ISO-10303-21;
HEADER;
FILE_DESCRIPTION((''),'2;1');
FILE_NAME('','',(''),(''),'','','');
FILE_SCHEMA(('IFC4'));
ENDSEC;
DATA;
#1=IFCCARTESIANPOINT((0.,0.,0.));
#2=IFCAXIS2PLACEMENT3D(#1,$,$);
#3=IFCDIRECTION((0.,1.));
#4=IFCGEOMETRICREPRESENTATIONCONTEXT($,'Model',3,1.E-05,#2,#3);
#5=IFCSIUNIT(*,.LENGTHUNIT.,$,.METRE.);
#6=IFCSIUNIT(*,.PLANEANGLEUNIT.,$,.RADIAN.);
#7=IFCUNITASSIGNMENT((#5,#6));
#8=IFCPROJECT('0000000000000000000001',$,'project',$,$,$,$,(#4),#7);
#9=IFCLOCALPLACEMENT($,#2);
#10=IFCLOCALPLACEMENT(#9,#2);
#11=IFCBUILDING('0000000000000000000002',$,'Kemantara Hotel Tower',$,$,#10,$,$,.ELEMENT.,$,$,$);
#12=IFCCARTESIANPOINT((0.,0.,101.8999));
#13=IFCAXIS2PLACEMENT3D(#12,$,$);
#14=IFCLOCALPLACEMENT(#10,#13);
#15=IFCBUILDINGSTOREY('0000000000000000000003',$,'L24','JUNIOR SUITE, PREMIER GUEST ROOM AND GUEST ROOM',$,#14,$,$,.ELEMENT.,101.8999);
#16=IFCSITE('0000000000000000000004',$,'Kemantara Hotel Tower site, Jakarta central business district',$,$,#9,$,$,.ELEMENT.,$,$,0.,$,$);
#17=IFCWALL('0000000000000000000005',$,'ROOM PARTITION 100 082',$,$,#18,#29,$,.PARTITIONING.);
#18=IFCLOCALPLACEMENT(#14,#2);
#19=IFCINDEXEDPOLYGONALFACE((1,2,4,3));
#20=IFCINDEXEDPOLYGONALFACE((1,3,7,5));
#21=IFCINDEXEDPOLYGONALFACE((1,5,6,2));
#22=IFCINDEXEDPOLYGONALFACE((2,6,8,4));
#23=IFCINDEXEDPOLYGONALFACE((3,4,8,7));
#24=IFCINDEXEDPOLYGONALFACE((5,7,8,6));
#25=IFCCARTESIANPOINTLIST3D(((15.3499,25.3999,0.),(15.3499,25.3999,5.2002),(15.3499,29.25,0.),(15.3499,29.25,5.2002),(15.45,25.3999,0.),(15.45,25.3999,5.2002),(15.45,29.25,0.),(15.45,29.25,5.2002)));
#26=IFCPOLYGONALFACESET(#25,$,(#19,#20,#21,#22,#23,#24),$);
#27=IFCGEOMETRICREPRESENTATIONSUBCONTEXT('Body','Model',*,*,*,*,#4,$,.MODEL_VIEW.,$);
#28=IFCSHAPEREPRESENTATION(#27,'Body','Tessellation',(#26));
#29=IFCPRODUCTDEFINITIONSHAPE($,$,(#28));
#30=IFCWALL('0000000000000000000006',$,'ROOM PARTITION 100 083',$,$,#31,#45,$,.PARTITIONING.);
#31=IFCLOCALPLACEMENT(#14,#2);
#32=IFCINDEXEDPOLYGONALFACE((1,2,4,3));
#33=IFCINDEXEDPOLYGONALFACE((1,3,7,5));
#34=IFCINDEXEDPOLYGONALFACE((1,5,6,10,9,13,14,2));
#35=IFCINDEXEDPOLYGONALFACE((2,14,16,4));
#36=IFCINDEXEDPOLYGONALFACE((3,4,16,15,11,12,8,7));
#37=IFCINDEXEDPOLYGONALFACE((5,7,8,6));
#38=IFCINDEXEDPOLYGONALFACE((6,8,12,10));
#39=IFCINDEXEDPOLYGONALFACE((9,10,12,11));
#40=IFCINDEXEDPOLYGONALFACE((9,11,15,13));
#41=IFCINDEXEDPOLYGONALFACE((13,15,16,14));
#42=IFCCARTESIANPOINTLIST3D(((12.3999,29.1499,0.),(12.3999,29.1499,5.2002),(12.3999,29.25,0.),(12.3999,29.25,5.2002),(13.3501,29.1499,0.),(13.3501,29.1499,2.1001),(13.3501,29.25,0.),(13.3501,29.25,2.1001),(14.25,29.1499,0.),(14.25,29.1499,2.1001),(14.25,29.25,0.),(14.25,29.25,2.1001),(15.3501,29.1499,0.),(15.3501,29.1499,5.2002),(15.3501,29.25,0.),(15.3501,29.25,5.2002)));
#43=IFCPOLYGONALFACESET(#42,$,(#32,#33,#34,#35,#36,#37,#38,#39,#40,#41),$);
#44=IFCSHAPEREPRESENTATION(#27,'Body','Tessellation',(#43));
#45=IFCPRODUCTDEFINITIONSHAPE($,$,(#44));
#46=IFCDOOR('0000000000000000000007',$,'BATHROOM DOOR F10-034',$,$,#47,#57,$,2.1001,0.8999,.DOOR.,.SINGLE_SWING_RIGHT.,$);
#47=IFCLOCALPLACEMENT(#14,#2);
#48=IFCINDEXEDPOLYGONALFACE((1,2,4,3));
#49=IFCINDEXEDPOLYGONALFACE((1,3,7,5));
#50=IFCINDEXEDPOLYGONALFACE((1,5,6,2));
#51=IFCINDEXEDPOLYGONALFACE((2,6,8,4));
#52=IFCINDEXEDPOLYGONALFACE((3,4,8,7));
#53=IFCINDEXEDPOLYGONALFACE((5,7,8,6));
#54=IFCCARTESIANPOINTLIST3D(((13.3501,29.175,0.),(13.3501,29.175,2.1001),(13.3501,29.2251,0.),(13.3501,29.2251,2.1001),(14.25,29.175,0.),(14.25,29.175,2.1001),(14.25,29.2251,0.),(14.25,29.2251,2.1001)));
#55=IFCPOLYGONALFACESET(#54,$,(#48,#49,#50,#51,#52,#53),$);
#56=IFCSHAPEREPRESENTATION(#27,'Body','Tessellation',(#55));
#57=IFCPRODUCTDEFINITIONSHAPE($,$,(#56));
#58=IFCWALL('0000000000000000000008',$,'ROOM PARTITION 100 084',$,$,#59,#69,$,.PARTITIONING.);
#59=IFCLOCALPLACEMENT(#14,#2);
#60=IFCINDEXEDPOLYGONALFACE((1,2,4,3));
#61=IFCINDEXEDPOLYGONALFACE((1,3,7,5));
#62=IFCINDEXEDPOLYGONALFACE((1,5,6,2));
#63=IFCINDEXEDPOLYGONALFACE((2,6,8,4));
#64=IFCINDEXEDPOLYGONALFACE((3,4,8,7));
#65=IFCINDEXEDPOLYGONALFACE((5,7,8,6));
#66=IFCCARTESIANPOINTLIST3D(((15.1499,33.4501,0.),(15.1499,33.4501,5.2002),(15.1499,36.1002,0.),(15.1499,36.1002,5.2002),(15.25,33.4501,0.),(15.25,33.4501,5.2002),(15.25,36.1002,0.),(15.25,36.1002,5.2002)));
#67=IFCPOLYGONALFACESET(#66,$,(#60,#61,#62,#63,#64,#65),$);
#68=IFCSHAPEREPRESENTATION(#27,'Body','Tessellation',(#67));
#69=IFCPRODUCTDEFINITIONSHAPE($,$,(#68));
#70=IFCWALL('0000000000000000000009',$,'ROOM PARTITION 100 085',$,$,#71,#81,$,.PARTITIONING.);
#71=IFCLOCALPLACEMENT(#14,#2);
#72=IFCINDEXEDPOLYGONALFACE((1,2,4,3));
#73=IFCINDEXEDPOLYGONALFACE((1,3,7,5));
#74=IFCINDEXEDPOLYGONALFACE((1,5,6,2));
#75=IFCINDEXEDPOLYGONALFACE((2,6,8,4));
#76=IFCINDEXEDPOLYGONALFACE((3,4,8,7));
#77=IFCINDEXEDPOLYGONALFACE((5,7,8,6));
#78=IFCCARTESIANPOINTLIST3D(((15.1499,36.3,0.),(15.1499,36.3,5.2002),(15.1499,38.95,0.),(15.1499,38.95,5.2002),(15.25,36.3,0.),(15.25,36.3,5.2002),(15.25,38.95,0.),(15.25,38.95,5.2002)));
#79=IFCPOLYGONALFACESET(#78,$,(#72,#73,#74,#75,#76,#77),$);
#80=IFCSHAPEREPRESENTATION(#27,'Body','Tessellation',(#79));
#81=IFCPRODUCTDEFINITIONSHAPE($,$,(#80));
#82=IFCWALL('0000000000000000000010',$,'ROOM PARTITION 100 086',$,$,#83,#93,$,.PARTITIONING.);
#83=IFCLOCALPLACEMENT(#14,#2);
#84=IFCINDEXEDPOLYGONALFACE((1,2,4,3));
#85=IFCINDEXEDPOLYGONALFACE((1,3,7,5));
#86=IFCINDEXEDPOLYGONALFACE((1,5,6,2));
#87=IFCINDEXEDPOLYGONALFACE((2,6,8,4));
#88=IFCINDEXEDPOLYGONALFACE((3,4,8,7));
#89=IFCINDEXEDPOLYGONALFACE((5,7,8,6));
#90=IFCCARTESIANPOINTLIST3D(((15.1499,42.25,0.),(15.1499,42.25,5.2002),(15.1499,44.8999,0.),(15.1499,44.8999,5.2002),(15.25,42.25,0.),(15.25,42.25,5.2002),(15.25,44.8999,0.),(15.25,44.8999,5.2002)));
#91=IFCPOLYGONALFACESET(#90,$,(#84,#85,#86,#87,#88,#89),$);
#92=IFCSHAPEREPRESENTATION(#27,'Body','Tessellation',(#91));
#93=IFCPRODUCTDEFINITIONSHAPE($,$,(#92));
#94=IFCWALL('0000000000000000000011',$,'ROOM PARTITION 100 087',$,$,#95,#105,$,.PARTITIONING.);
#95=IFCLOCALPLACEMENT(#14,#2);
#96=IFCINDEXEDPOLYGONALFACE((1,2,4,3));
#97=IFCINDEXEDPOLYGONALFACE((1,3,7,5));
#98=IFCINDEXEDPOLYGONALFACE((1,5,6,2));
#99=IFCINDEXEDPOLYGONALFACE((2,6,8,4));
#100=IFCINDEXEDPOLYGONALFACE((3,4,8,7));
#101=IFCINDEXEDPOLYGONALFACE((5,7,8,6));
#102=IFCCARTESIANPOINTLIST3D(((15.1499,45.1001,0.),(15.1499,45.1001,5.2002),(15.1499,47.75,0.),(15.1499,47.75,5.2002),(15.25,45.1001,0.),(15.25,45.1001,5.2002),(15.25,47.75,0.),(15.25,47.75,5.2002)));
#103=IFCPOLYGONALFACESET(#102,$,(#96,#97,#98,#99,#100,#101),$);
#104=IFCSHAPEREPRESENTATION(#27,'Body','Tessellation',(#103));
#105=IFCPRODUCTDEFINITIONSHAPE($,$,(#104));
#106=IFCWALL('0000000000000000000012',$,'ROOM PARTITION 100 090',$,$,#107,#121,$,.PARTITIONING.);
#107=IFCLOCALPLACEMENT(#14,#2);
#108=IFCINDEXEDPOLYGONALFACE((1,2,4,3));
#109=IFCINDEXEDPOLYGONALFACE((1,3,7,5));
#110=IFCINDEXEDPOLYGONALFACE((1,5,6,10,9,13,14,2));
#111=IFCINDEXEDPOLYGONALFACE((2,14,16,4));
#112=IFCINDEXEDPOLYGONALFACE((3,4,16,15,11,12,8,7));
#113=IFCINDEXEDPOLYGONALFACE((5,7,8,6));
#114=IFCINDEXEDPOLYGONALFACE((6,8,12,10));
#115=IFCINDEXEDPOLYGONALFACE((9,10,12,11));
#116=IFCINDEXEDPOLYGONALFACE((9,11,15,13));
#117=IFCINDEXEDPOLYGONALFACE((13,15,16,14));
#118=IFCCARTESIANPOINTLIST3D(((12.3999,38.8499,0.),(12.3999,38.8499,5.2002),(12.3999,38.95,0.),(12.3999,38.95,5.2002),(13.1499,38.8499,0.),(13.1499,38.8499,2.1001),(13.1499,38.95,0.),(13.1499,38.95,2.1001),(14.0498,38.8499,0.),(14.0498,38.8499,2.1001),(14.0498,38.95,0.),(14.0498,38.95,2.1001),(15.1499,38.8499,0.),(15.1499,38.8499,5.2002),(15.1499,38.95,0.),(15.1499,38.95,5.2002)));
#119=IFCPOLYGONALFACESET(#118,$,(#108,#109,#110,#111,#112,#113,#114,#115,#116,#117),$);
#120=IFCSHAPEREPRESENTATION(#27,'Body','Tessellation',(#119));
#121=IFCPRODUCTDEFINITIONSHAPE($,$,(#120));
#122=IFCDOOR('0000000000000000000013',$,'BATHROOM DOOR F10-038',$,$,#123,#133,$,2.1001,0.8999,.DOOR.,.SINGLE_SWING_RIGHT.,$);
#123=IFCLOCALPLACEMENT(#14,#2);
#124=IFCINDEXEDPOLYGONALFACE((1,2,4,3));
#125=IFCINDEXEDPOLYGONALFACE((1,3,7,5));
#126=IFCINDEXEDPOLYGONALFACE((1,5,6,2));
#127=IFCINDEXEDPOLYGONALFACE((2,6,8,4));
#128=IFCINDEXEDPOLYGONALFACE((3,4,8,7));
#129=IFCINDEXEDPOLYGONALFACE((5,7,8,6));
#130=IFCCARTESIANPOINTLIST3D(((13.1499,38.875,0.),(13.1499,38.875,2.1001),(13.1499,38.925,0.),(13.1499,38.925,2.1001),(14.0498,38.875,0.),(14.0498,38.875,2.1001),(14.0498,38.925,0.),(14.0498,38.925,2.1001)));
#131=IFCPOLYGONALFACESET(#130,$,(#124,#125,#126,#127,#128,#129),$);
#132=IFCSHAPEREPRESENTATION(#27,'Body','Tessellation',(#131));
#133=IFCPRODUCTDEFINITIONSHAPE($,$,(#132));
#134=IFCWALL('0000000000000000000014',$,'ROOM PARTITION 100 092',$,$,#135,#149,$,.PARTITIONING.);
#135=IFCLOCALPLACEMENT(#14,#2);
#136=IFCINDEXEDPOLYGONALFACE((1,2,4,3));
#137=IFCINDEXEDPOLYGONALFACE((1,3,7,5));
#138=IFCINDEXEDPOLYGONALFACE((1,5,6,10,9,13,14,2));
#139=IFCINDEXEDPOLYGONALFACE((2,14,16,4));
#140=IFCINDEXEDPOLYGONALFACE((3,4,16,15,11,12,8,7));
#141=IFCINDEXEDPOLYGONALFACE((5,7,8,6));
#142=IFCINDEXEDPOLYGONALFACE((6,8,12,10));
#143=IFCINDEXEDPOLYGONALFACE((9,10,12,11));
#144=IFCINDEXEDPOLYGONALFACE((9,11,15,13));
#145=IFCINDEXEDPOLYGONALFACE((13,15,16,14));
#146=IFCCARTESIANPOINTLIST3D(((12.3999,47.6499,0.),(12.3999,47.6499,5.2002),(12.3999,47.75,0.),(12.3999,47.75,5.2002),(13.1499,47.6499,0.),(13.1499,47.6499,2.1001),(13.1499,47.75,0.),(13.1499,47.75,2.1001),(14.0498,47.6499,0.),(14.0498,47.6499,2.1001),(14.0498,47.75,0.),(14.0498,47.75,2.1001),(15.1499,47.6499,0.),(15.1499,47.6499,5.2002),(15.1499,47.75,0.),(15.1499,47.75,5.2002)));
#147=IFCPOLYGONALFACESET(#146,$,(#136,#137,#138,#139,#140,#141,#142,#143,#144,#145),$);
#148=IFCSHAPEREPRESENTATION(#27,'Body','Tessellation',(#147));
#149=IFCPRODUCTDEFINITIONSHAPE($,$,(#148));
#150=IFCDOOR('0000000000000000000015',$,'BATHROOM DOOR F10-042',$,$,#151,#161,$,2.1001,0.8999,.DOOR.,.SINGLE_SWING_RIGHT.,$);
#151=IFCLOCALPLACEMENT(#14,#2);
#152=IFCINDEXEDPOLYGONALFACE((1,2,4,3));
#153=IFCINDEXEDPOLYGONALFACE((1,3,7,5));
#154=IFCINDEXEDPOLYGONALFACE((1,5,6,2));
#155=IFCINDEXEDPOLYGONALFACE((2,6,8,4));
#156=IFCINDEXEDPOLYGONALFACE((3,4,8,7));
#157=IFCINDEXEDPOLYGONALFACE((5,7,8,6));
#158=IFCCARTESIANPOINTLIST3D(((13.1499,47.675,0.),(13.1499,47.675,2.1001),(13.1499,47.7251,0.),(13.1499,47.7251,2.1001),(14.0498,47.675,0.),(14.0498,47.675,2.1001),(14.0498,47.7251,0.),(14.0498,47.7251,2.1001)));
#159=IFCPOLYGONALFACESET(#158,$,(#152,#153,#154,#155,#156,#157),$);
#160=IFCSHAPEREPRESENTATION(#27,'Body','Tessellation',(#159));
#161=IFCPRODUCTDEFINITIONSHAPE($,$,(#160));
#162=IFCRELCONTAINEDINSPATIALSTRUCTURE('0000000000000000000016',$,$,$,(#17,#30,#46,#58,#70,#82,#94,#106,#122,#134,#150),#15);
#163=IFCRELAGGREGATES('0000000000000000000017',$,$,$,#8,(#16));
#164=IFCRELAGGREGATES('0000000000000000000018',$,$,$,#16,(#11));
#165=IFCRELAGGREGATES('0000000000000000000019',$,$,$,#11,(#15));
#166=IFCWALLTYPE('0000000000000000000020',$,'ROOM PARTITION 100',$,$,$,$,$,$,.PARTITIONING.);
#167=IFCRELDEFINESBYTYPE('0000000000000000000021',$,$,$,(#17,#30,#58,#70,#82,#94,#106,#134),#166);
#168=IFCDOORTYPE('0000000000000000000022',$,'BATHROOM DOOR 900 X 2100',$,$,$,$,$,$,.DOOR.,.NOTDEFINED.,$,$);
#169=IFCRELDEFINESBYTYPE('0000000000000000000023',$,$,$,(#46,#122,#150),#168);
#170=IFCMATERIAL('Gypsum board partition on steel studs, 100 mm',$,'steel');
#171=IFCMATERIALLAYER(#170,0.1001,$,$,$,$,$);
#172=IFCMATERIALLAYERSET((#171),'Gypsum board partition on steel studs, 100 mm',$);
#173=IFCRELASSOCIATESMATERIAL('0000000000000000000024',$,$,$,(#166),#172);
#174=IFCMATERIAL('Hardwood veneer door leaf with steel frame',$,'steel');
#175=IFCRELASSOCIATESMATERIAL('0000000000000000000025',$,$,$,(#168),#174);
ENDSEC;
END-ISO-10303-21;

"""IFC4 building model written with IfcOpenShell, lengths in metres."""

from ifc_helpers import new_model, si_unit, direction, frame, frame_2d, origin, place, context, subcontext, project, spatial, rectangle, extrude, material, layer, layer_set, type_object, element, fill, save


model = new_model("IFC4")

# Units and contexts
model_context = context("Model", 3, precision=1e-05, world=origin(), true_north=direction((0.0, 1.0)))
body_context = subcontext(model_context, "Body", "Model", "MODEL_VIEW")
ifc_project = project(units=[si_unit("LENGTHUNIT", "METRE"), si_unit("PLANEANGLEUNIT", "RADIAN")], contexts=[model_context])

# Site, building, storey
site_placement = place(None, origin())
site = spatial("IfcSite", under=ifc_project, at=site_placement, Name="Kemantara Hotel Tower site, Jakarta central business district", CompositionType="ELEMENT", RefElevation=0.0)
building_placement = place(site_placement, origin())
building = spatial("IfcBuilding", under=site, at=building_placement, Name="Kemantara Hotel Tower", CompositionType="ELEMENT")
storey_placement = place(building_placement, frame((0.0, 0.0, 101.8999)))
storey = spatial("IfcBuildingStorey", under=building, at=storey_placement, Name="L24", Description="JUNIOR SUITE, PREMIER GUEST ROOM AND GUEST ROOM", CompositionType="ELEMENT", Elevation=101.8999)

# Wall
ifc_material_1 = material(Name="Gypsum board partition on steel studs, 100 mm", Category="steel")
ifc_layer_1 = layer(ifc_material_1, 0.1001)
ifc_layer_set_1 = layer_set([ifc_layer_1], Name="Gypsum board partition on steel studs, 100 mm")
wall_type_1 = type_object("IfcWallType", Name="ROOM PARTITION 100", PredefinedType="PARTITIONING", material=ifc_layer_set_1)
wall_1_placement = place(storey_placement, frame((15.3999, 25.3999, 0.0), z_axis=(0.0, 0.0, 1.0), x_axis=(0.0, 1.0, 0.0)))
element("IfcWall", 1, at=wall_1_placement, inside=storey, type_object=wall_type_1, Name="ROOM PARTITION 100 082", PredefinedType="PARTITIONING", context=body_context, shape_type="SweptSolid", body=[
    extrude(rectangle(XDim=3.8501, YDim=0.1001, at=frame_2d((1.925, 0.0))), origin(), (0.0, 0.0, 1.0), 5.2002),
])

# Wall, opening, door
wall_2_placement = place(storey_placement, frame((15.3501, 29.2, 0.0), z_axis=(0.0, 0.0, 1.0), x_axis=(-1.0, 0.0, 0.0)))
wall_2 = element("IfcWall", 2, at=wall_2_placement, inside=storey, type_object=wall_type_1, Name="ROOM PARTITION 100 083", PredefinedType="PARTITIONING", context=body_context, shape_type="SweptSolid", body=[
    extrude(rectangle(XDim=2.9502, YDim=0.1001, at=frame_2d((1.4751, 0.0))), origin(), (0.0, 0.0, 1.0), 5.2002),
])
opening_1_placement = place(wall_2_placement, frame((1.1001, 0.0, 0.0)))
opening_1 = element("IfcOpeningElement", 3, at=opening_1_placement, cuts=wall_2, PredefinedType="OPENING", context=body_context, shape_type="SweptSolid", body=[
    extrude(rectangle(XDim=0.8999, YDim=2.1001, at=frame_2d((0.45, 1.05))), frame((0.0, 0.0601, 0.0), z_axis=(0.0, -1.0, 0.0), x_axis=(1.0, 0.0, 0.0)), (0.0, 0.0, 1.0), 0.1201),
])
ifc_material_2 = material(Name="Hardwood veneer door leaf with steel frame", Category="steel")
door_type = type_object("IfcDoorType", Name="BATHROOM DOOR 900 X 2100", OperationType="NOTDEFINED", PredefinedType="DOOR", material=ifc_material_2)
door_1_placement = place(opening_1_placement, origin())
door_1 = element("IfcDoor", 4, at=door_1_placement, inside=storey, type_object=door_type, Name="BATHROOM DOOR F10-034", OperationType="SINGLE_SWING_RIGHT", OverallHeight=2.1001, OverallWidth=0.8999, PredefinedType="DOOR", context=body_context, shape_type="SweptSolid", body=[
    extrude(rectangle(XDim=0.8999, YDim=2.1001, at=frame_2d((0.45, 1.05))), frame((0.0, 0.0249, 0.0), z_axis=(0.0, -1.0, 0.0), x_axis=(1.0, 0.0, 0.0)), (0.0, 0.0, 1.0), 0.05),
])
fill(opening_1, door_1)

# Walls
wall_3_placement = place(storey_placement, frame((15.2, 33.45, 0.0), z_axis=(0.0, 0.0, 1.0), x_axis=(0.0, 1.0, 0.0)))
element("IfcWall", 5, at=wall_3_placement, inside=storey, type_object=wall_type_1, Name="ROOM PARTITION 100 084", PredefinedType="PARTITIONING", context=body_context, shape_type="SweptSolid", body=[
    extrude(rectangle(XDim=2.6501, YDim=0.1001, at=frame_2d((1.3252, 0.0))), origin(), (0.0, 0.0, 1.0), 5.2002),
])
for number, where, z_axis, x_axis, name in (
    (6, (15.2, 36.3, 0.0), (0.0, 0.0, 1.0), (0.0, 1.0, 0.0), "ROOM PARTITION 100 085"),
    (7, (15.2, 42.25, 0.0), (0.0, 0.0, 1.0), (0.0, 1.0, 0.0), "ROOM PARTITION 100 086"),
    (8, (15.2, 45.1001, 0.0), (0.0, 0.0, 1.0), (0.0, 1.0, 0.0), "ROOM PARTITION 100 087"),
):
    element("IfcWall", number, at=place(storey_placement, frame(where, z_axis=z_axis, x_axis=x_axis)), inside=storey, type_object=wall_type_1, Name=name, PredefinedType="PARTITIONING", context=body_context, shape_type="SweptSolid", body=[
        extrude(rectangle(XDim=2.6499, YDim=0.1001, at=frame_2d((1.325, 0.0))), origin(), (0.0, 0.0, 1.0), 5.2002),
    ])

# Walls, openings, doors
wall_4_placement = place(storey_placement, frame((15.1499, 38.8999, 0.0), z_axis=(0.0, 0.0, 1.0), x_axis=(-1.0, 0.0, 0.0)))
wall_4 = element("IfcWall", 9, at=wall_4_placement, inside=storey, type_object=wall_type_1, Name="ROOM PARTITION 100 090", PredefinedType="PARTITIONING", context=body_context, shape_type="SweptSolid", body=[
    extrude(rectangle(XDim=2.75, YDim=0.1001, at=frame_2d((1.375, 0.0))), origin(), (0.0, 0.0, 1.0), 5.2002),
])
opening_2_placement = place(wall_4_placement, frame((1.1001, 0.0, 0.0)))
opening_2 = element("IfcOpeningElement", 10, at=opening_2_placement, cuts=wall_4, PredefinedType="OPENING", context=body_context, shape_type="SweptSolid", body=[
    extrude(rectangle(XDim=0.8999, YDim=2.1001, at=frame_2d((0.45, 1.05))), frame((0.0, 0.0601, 0.0), z_axis=(0.0, -1.0, 0.0), x_axis=(1.0, 0.0, 0.0)), (0.0, 0.0, 1.0), 0.1201),
])
door_2_placement = place(opening_2_placement, origin())
door_2 = element("IfcDoor", 11, at=door_2_placement, inside=storey, type_object=door_type, Name="BATHROOM DOOR F10-038", OperationType="SINGLE_SWING_RIGHT", OverallHeight=2.1001, OverallWidth=0.8999, PredefinedType="DOOR", context=body_context, shape_type="SweptSolid", body=[
    extrude(rectangle(XDim=0.8999, YDim=2.1001, at=frame_2d((0.45, 1.05))), frame((0.0, 0.0249, 0.0), z_axis=(0.0, -1.0, 0.0), x_axis=(1.0, 0.0, 0.0)), (0.0, 0.0, 1.0), 0.05),
])
fill(opening_2, door_2)
wall_5_placement = place(storey_placement, frame((15.1499, 47.7, 0.0), z_axis=(0.0, 0.0, 1.0), x_axis=(-1.0, 0.0, 0.0)))
wall_5 = element("IfcWall", 12, at=wall_5_placement, inside=storey, type_object=wall_type_1, Name="ROOM PARTITION 100 092", PredefinedType="PARTITIONING", context=body_context, shape_type="SweptSolid", body=[
    extrude(rectangle(XDim=2.75, YDim=0.1001, at=frame_2d((1.375, 0.0))), origin(), (0.0, 0.0, 1.0), 5.2002),
])
opening_3_placement = place(wall_5_placement, frame((1.1001, 0.0, 0.0)))
opening_3 = element("IfcOpeningElement", 13, at=opening_3_placement, cuts=wall_5, PredefinedType="OPENING", context=body_context, shape_type="SweptSolid", body=[
    extrude(rectangle(XDim=0.8999, YDim=2.1001, at=frame_2d((0.45, 1.05))), frame((0.0, 0.0601, 0.0), z_axis=(0.0, -1.0, 0.0), x_axis=(1.0, 0.0, 0.0)), (0.0, 0.0, 1.0), 0.1201),
])
door_3_placement = place(opening_3_placement, origin())
door_3 = element("IfcDoor", 14, at=door_3_placement, inside=storey, type_object=door_type, Name="BATHROOM DOOR F10-042", OperationType="SINGLE_SWING_RIGHT", OverallHeight=2.1001, OverallWidth=0.8999, PredefinedType="DOOR", context=body_context, shape_type="SweptSolid", body=[
    extrude(rectangle(XDim=0.8999, YDim=2.1001, at=frame_2d((0.45, 1.05))), frame((0.0, 0.0249, 0.0), z_axis=(0.0, -1.0, 0.0), x_axis=(1.0, 0.0, 0.0)), (0.0, 0.0, 1.0), 0.05),
])
fill(opening_3, door_3)

save(model, "model.ifc")
